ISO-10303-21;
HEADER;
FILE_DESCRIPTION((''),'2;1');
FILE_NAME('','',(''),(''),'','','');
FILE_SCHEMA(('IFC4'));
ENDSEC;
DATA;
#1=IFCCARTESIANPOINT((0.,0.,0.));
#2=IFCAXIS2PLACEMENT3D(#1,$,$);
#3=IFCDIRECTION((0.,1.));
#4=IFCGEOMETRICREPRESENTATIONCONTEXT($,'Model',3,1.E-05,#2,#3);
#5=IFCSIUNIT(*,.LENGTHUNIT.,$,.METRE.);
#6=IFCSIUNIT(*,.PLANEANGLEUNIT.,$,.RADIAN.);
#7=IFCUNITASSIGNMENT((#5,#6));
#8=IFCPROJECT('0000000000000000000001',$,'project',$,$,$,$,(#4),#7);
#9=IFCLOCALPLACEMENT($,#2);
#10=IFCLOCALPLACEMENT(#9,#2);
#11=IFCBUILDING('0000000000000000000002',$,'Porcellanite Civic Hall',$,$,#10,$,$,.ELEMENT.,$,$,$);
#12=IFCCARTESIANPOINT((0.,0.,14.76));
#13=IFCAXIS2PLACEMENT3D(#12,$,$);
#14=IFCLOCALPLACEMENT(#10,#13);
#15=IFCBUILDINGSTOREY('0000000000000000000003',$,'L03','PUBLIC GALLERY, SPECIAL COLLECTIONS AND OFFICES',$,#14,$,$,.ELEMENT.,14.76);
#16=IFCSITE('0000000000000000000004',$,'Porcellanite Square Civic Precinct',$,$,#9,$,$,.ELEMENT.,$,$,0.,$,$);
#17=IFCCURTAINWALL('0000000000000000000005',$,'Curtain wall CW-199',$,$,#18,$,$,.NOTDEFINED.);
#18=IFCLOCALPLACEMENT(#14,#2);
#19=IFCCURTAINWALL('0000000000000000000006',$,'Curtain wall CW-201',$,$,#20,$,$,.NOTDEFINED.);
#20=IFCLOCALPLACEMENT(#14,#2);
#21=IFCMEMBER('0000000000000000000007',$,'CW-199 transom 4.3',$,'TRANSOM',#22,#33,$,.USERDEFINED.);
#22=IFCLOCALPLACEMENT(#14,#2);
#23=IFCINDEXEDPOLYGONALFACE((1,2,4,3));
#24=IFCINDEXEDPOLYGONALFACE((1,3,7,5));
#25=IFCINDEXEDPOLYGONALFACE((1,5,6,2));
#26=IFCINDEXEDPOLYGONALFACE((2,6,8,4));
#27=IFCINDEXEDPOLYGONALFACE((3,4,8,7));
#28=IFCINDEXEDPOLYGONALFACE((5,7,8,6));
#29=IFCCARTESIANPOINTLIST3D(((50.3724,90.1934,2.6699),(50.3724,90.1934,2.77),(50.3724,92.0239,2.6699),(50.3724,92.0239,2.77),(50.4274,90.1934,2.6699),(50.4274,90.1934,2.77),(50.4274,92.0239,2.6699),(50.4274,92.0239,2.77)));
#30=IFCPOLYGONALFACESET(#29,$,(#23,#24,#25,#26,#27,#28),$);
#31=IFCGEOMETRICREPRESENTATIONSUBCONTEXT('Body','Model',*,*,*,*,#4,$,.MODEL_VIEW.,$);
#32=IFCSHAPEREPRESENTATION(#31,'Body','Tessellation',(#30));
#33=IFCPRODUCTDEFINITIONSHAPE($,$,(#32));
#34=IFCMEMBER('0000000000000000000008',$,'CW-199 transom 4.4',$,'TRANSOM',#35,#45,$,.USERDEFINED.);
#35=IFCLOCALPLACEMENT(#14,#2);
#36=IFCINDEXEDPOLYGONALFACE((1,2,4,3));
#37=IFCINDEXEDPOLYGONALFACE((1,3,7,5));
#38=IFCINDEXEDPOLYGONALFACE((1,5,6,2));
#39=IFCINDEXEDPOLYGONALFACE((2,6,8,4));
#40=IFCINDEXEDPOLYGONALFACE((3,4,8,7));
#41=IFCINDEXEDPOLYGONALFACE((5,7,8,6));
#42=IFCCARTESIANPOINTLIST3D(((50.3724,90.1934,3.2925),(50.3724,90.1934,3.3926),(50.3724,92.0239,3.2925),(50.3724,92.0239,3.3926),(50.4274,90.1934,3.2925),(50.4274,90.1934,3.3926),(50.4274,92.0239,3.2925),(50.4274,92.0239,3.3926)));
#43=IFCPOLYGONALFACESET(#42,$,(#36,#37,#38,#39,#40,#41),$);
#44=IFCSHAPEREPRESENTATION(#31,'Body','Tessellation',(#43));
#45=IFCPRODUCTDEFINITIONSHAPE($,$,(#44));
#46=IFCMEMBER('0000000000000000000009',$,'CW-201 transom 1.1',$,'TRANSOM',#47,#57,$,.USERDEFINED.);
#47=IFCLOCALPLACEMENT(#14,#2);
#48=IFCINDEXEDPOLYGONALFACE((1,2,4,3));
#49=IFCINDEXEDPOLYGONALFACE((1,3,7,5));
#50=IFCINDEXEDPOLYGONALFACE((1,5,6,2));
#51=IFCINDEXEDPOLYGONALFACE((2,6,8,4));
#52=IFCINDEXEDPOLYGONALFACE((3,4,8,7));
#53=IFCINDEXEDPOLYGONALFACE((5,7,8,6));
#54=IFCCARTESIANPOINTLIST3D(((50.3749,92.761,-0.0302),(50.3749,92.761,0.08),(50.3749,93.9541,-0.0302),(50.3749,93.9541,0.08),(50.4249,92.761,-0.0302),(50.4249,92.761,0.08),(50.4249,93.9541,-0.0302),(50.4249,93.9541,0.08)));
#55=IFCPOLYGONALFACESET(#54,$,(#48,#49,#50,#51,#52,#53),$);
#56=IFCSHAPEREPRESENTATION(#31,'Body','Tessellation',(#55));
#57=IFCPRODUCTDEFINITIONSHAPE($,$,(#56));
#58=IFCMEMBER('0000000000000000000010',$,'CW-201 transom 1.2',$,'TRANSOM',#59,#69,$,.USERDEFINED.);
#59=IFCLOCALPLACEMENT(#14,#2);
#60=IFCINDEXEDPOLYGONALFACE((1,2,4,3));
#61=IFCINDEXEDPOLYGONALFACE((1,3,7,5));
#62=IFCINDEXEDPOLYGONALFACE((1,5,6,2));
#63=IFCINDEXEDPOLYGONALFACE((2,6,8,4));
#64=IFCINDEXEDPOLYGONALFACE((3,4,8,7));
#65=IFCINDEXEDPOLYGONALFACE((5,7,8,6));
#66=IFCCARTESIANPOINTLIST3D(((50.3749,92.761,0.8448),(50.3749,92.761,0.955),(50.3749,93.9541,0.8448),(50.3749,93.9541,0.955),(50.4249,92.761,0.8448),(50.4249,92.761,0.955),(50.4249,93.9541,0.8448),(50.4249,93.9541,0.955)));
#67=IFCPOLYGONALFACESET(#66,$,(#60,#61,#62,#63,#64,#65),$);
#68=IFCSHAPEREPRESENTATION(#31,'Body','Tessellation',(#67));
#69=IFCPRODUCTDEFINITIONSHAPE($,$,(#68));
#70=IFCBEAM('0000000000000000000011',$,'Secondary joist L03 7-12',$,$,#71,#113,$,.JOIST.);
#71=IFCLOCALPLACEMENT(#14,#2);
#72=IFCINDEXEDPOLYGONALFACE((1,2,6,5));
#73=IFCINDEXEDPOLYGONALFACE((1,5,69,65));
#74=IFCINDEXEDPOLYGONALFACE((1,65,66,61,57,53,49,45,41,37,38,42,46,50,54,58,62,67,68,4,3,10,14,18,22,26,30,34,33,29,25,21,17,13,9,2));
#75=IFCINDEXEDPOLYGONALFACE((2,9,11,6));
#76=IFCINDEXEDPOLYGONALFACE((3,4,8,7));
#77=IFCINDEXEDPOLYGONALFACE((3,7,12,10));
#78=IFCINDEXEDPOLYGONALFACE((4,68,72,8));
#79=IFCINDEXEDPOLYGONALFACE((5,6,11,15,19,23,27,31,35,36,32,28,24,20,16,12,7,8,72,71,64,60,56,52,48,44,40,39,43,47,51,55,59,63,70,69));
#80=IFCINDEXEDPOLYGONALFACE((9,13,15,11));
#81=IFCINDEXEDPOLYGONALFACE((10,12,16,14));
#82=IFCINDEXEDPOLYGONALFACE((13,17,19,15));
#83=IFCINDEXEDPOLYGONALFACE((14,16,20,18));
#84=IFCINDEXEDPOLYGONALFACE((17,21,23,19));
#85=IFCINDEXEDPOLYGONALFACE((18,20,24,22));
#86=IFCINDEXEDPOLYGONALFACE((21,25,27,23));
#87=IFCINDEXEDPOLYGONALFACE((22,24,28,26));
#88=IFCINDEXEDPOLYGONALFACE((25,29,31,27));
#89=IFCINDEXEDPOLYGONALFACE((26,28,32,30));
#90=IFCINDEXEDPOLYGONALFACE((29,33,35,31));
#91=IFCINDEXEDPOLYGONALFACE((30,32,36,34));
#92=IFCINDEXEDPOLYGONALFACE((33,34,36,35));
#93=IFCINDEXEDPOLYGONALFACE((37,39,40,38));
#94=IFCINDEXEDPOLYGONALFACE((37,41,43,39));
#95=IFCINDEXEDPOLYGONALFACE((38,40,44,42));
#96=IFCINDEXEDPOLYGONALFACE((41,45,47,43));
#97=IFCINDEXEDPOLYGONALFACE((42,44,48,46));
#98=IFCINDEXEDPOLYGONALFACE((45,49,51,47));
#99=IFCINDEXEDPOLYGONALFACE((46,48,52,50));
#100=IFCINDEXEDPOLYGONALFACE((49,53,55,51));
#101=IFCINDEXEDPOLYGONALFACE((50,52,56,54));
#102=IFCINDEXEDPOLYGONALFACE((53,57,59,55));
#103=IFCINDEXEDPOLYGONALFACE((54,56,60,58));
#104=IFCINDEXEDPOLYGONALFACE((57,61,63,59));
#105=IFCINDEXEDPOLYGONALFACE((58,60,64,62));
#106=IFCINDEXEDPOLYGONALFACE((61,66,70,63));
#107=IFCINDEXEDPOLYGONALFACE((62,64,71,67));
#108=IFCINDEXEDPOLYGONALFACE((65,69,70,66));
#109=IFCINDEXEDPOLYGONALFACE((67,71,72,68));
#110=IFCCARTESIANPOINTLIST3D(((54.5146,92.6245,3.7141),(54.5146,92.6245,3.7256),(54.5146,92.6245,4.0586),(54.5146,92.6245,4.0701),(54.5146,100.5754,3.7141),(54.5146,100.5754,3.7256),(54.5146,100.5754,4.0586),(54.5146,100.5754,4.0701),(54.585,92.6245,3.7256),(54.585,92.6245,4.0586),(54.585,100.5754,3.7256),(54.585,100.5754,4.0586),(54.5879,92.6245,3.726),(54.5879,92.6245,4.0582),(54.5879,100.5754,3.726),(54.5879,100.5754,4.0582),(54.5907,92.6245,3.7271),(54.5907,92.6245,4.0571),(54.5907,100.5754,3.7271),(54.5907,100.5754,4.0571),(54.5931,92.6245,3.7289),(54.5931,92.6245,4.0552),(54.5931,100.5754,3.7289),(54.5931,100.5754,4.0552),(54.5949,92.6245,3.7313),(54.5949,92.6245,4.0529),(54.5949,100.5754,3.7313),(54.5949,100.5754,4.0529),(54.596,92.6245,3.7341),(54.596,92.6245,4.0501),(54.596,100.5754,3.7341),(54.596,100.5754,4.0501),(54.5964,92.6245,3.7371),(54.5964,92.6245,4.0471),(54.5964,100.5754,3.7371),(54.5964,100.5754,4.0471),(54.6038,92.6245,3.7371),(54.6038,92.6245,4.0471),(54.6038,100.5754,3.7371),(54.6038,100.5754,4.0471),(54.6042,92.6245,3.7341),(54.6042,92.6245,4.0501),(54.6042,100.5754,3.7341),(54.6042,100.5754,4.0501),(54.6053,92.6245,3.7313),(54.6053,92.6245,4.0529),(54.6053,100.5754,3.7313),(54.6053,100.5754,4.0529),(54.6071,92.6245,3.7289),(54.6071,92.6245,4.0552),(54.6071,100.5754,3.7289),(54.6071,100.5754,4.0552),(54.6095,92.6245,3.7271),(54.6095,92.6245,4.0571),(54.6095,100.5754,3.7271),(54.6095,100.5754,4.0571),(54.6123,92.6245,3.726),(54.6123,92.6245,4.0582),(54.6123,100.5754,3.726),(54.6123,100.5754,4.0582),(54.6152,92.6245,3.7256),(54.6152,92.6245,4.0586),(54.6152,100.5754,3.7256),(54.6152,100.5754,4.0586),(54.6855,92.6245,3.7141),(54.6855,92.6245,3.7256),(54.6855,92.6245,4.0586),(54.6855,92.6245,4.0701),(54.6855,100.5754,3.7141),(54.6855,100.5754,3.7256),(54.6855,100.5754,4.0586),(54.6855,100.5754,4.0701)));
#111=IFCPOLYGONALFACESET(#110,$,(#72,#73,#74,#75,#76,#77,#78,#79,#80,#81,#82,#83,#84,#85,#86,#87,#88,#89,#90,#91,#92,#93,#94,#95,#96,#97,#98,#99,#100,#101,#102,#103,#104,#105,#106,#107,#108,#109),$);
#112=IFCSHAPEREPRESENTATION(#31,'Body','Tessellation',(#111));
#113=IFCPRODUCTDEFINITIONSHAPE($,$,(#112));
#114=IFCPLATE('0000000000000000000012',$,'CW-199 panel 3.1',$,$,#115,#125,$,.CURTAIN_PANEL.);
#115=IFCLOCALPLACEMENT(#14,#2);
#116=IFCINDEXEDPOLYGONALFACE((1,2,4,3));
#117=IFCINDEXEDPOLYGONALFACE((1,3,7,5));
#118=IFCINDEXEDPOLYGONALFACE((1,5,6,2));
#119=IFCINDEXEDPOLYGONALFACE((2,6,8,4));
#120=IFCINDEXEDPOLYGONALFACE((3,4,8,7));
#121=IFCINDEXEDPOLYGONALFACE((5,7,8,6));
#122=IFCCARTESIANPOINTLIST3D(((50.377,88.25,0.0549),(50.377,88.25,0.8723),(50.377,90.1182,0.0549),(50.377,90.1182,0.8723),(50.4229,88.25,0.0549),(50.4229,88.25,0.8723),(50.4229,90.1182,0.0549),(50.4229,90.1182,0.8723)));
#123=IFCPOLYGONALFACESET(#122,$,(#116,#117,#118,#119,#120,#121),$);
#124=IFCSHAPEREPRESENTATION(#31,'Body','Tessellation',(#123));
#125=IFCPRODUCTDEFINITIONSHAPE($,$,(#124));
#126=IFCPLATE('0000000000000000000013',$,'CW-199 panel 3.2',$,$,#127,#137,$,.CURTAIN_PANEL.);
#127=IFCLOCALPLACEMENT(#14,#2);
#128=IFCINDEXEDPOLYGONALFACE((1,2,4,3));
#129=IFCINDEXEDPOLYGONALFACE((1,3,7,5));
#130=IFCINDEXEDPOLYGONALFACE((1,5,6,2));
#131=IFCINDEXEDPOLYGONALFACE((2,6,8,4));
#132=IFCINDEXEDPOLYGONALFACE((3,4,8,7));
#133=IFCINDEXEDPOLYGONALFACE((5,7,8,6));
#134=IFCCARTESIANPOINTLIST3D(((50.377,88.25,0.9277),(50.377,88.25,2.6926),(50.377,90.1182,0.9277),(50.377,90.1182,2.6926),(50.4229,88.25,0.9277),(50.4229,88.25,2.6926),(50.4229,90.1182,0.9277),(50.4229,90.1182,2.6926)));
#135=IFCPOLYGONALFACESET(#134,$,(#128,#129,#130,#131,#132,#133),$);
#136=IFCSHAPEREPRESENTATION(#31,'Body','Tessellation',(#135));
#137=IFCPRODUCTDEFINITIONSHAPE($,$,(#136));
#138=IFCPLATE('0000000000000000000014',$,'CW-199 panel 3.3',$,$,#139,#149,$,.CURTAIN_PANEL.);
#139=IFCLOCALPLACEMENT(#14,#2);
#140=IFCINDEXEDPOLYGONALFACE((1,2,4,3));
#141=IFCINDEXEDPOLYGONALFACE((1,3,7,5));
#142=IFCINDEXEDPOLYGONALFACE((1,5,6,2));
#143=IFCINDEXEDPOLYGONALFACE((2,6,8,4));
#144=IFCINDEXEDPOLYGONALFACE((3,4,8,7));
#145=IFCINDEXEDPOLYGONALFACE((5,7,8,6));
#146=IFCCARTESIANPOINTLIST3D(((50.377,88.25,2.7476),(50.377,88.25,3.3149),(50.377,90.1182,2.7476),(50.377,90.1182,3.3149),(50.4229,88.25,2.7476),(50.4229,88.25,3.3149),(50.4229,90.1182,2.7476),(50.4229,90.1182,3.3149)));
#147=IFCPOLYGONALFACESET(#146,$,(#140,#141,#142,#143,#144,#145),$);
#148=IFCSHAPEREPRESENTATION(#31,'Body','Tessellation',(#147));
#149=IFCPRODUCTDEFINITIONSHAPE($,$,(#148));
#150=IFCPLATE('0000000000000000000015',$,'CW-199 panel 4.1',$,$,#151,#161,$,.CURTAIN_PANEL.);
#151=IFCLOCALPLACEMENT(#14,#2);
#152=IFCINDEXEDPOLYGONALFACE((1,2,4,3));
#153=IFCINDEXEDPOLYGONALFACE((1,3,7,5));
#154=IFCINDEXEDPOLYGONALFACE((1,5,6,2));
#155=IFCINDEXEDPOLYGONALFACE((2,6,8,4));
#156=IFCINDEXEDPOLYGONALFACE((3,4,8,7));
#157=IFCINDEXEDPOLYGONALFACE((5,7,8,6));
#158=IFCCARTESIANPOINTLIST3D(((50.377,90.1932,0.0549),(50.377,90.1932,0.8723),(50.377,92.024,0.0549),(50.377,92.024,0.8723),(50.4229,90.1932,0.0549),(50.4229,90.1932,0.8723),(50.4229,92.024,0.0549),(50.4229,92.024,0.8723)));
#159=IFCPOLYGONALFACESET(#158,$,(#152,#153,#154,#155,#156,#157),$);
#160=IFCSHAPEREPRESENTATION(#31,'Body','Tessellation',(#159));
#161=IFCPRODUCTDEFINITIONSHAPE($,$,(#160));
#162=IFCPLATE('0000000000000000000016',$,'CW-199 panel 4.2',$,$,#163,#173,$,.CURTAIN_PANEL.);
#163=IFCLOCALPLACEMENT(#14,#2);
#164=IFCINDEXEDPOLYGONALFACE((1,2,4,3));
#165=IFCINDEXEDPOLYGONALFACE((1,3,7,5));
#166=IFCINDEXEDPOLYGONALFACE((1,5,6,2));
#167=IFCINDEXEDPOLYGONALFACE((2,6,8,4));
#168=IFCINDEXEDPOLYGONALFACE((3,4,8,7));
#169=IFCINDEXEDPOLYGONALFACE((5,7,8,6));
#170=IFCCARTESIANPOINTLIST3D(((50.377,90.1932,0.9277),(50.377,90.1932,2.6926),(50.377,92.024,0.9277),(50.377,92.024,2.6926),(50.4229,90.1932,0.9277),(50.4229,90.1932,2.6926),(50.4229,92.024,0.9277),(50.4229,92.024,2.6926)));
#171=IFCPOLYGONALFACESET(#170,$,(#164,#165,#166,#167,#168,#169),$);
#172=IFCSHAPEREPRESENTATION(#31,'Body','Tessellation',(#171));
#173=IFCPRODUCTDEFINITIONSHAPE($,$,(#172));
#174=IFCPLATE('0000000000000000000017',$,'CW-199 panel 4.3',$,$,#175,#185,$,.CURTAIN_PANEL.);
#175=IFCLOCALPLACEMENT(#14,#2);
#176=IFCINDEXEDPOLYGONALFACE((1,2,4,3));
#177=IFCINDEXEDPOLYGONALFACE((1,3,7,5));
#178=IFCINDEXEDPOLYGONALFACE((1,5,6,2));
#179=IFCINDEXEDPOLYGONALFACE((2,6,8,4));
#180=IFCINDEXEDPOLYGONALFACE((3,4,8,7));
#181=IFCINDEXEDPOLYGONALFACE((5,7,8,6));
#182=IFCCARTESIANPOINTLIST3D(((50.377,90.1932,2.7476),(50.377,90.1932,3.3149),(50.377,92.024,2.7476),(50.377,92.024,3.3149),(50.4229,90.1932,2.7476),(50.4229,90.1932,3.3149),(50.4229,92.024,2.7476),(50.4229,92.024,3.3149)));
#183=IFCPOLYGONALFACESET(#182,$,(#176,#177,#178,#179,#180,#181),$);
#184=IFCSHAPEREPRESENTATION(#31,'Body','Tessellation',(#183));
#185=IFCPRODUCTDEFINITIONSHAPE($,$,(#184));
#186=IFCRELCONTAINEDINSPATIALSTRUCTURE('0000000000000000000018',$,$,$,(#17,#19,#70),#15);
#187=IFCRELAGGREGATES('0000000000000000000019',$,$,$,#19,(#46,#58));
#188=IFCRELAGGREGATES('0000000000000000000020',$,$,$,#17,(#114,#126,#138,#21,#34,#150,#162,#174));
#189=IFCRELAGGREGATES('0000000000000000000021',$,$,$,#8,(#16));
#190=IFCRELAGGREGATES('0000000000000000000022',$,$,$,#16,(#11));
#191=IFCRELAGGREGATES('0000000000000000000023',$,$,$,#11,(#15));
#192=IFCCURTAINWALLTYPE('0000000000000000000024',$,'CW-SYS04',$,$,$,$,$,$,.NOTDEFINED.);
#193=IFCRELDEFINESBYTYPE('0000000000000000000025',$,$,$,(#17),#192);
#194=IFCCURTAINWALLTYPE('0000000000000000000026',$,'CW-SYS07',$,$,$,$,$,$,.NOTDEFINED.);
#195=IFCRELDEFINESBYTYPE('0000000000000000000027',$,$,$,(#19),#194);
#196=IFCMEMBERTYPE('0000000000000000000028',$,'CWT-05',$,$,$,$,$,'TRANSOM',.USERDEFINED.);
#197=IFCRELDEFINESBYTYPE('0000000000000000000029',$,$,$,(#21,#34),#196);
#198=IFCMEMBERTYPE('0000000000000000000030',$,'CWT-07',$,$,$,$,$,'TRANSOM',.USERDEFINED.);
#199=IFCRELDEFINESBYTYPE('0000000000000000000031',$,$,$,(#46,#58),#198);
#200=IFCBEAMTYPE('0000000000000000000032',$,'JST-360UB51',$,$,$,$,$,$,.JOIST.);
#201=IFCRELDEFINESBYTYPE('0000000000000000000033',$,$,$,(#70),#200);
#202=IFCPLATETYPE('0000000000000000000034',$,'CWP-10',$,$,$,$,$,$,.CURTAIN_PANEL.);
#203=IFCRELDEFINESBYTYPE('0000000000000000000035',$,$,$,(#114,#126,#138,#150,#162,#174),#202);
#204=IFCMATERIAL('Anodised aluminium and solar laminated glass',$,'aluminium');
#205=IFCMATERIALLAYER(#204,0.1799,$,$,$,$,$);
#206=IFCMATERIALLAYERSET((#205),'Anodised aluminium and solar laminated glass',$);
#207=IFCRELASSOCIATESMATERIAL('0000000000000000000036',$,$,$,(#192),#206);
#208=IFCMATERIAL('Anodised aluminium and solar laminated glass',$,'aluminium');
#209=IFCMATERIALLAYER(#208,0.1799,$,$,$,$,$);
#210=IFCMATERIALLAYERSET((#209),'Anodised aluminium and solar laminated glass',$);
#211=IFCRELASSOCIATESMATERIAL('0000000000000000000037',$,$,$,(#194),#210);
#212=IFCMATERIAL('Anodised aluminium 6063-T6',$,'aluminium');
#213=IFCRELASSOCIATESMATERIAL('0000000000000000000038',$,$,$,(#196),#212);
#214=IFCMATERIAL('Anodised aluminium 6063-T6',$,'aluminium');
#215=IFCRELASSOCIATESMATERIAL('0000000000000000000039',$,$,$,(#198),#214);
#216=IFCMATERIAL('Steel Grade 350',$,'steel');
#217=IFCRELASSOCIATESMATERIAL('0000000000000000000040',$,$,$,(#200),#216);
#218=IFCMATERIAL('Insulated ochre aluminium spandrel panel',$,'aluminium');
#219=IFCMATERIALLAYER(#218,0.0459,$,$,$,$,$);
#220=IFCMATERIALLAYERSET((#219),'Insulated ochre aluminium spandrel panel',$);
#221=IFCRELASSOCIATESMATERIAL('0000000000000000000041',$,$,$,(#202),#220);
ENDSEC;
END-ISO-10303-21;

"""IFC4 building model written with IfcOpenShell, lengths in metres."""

from ifc_helpers import new_model, si_unit, direction, frame, origin, origin_2d, place, context, subcontext, project, spatial, rectangle, i_section, extrude, material, layer, layer_set, material_profile, profile_set, type_object, element, aggregate, save


model = new_model("IFC4")

# Units and contexts
model_context = context("Model", 3, precision=1e-05, world=origin(), true_north=direction((0.0, 1.0)))
body_context = subcontext(model_context, "Body", "Model", "MODEL_VIEW")
ifc_project = project(units=[si_unit("LENGTHUNIT", "METRE"), si_unit("PLANEANGLEUNIT", "RADIAN")], contexts=[model_context])

# Site, building, storey
site_placement = place(None, origin())
site = spatial("IfcSite", under=ifc_project, at=site_placement, Name="Porcellanite Square Civic Precinct", CompositionType="ELEMENT", RefElevation=0.0)
building_placement = place(site_placement, origin())
building = spatial("IfcBuilding", under=site, at=building_placement, Name="Porcellanite Civic Hall", CompositionType="ELEMENT")
storey_placement = place(building_placement, frame((0.0, 0.0, 14.76)))
storey = spatial("IfcBuildingStorey", under=building, at=storey_placement, Name="L03", Description="PUBLIC GALLERY, SPECIAL COLLECTIONS AND OFFICES", CompositionType="ELEMENT", Elevation=14.76)

# Curtain wall
ifc_material_1 = material(Name="Anodised aluminium and solar laminated glass", Category="aluminium")
ifc_layer_1 = layer(ifc_material_1, 0.1799)
ifc_layer_set_1 = layer_set([ifc_layer_1], Name="Anodised aluminium and solar laminated glass")
curtain_wall_type_1 = type_object("IfcCurtainWallType", Name="CW-SYS04", PredefinedType="NOTDEFINED", material=ifc_layer_set_1)
curtain_wall_1_placement = place(storey_placement, origin())
curtain_wall_1 = element("IfcCurtainWall", 1, at=curtain_wall_1_placement, inside=storey, type_object=curtain_wall_type_1, Name="Curtain wall CW-199", PredefinedType="NOTDEFINED")

# Curtain wall
ifc_material_2 = material(Name="Anodised aluminium and solar laminated glass", Category="aluminium")
ifc_layer_2 = layer(ifc_material_2, 0.1799)
ifc_layer_set_2 = layer_set([ifc_layer_2], Name="Anodised aluminium and solar laminated glass")
curtain_wall_type_2 = type_object("IfcCurtainWallType", Name="CW-SYS07", PredefinedType="NOTDEFINED", material=ifc_layer_set_2)
curtain_wall_2_placement = place(storey_placement, origin())
curtain_wall_2 = element("IfcCurtainWall", 2, at=curtain_wall_2_placement, inside=storey, type_object=curtain_wall_type_2, Name="Curtain wall CW-201", PredefinedType="NOTDEFINED")

# Members
ifc_material_3 = material(Name="Anodised aluminium 6063-T6", Category="aluminium")
ifc_material_profile_1 = material_profile(ifc_material_3, rectangle(XDim=0.0549, YDim=0.1001, at=origin_2d()), Name="AL-55x100")
ifc_profile_set_1 = profile_set([ifc_material_profile_1], Name="Anodised aluminium 6063-T6")
member_type_1 = type_object("IfcMemberType", Name="CWT-05", ElementType="TRANSOM", PredefinedType="USERDEFINED", material=ifc_profile_set_1)
member_1_placement = place(storey_placement, frame((50.3999, 90.1934, 2.72), z_axis=(0.0, 1.0, 0.0), x_axis=(-1.0, 0.0, 0.0)))
member_1 = element("IfcMember", 3, at=member_1_placement, type_object=member_type_1, Name="CW-199 transom 4.3", ObjectType="TRANSOM", PredefinedType="USERDEFINED", context=body_context, shape_type="SweptSolid", body=[
    extrude(rectangle(XDim=0.0549, YDim=0.1001, at=origin_2d()), origin(), (0.0, 0.0, 1.0), 1.8306),
])
member_2_placement = place(storey_placement, frame((50.3999, 90.1934, 3.3425), z_axis=(0.0, 1.0, 0.0), x_axis=(-1.0, 0.0, 0.0)))
member_2 = element("IfcMember", 4, at=member_2_placement, type_object=member_type_1, Name="CW-199 transom 4.4", ObjectType="TRANSOM", PredefinedType="USERDEFINED", context=body_context, shape_type="SweptSolid", body=[
    extrude(rectangle(XDim=0.0549, YDim=0.1001, at=origin_2d()), origin(), (0.0, 0.0, 1.0), 1.8306),
])
ifc_material_4 = material(Name="Anodised aluminium 6063-T6", Category="aluminium")
ifc_material_profile_2 = material_profile(ifc_material_4, rectangle(XDim=0.05, YDim=0.1101, at=origin_2d()), Name="AL-50x110")
ifc_profile_set_2 = profile_set([ifc_material_profile_2], Name="Anodised aluminium 6063-T6")
member_type_2 = type_object("IfcMemberType", Name="CWT-07", ElementType="TRANSOM", PredefinedType="USERDEFINED", material=ifc_profile_set_2)
member_3_placement = place(storey_placement, frame((50.3999, 92.761, 0.0249), z_axis=(0.0, 1.0, 0.0), x_axis=(-1.0, 0.0, 0.0)))
member_3 = element("IfcMember", 5, at=member_3_placement, type_object=member_type_2, Name="CW-201 transom 1.1", ObjectType="TRANSOM", PredefinedType="USERDEFINED", context=body_context, shape_type="SweptSolid", body=[
    extrude(rectangle(XDim=0.05, YDim=0.1101, at=origin_2d()), origin(), (0.0, 0.0, 1.0), 1.1931),
])
member_4_placement = place(storey_placement, frame((50.3999, 92.761, 0.8999), z_axis=(0.0, 1.0, 0.0), x_axis=(-1.0, 0.0, 0.0)))
member_4 = element("IfcMember", 6, at=member_4_placement, type_object=member_type_2, Name="CW-201 transom 1.2", ObjectType="TRANSOM", PredefinedType="USERDEFINED", context=body_context, shape_type="SweptSolid", body=[
    extrude(rectangle(XDim=0.05, YDim=0.1101, at=origin_2d()), origin(), (0.0, 0.0, 1.0), 1.1931),
])
aggregate(curtain_wall_2, [member_3, member_4])

# Beam
ifc_material_5 = material(Name="Steel Grade 350", Category="steel")
ifc_material_profile_3 = material_profile(ifc_material_5, i_section(OverallWidth=0.1709, OverallDepth=0.356, WebThickness=0.0073, FlangeThickness=0.0115, FilletRadius=0.0115, at=origin_2d()), Name="360UB50.7")
ifc_profile_set_3 = profile_set([ifc_material_profile_3], Name="Steel Grade 350")
beam_type_1 = type_object("IfcBeamType", Name="JST-360UB51", PredefinedType="JOIST", material=ifc_profile_set_3)
beam_1_placement = place(storey_placement, frame((54.6001, 92.6245, 3.8921), z_axis=(0.0, 1.0, 0.0), x_axis=(-1.0, 0.0, 0.0)))
element("IfcBeam", 7, at=beam_1_placement, inside=storey, type_object=beam_type_1, Name="Secondary joist L03 7-12", PredefinedType="JOIST", context=body_context, shape_type="SweptSolid", body=[
    extrude(i_section(OverallWidth=0.1709, OverallDepth=0.356, WebThickness=0.0073, FlangeThickness=0.0115, FilletRadius=0.0115, at=origin_2d()), origin(), (0.0, 0.0, 1.0), 7.9509),
])

# Plates
ifc_material_6 = material(Name="Insulated ochre aluminium spandrel panel", Category="aluminium")
ifc_layer_3 = layer(ifc_material_6, 0.0459)
ifc_layer_set_3 = layer_set([ifc_layer_3], Name="Insulated ochre aluminium spandrel panel")
plate_type = type_object("IfcPlateType", Name="CWP-10", PredefinedType="CURTAIN_PANEL", material=ifc_layer_set_3)
plate_1_placement = place(storey_placement, frame((50.3999, 89.1841, 0.0549), z_axis=(0.0, 0.0, 1.0), x_axis=(0.0, 1.0, 0.0)))
plate_1 = element("IfcPlate", 8, at=plate_1_placement, type_object=plate_type, Name="CW-199 panel 3.1", PredefinedType="CURTAIN_PANEL", context=body_context, shape_type="SweptSolid", body=[
    extrude(rectangle(XDim=1.8682, YDim=0.0459, at=origin_2d()), origin(), (0.0, 0.0, 1.0), 0.8174),
])
plate_2_placement = place(storey_placement, frame((50.3999, 89.1841, 0.9277), z_axis=(0.0, 0.0, 1.0), x_axis=(0.0, 1.0, 0.0)))
plate_2 = element("IfcPlate", 9, at=plate_2_placement, type_object=plate_type, Name="CW-199 panel 3.2", PredefinedType="CURTAIN_PANEL", context=body_context, shape_type="SweptSolid", body=[
    extrude(rectangle(XDim=1.8682, YDim=0.0459, at=origin_2d()), origin(), (0.0, 0.0, 1.0), 1.7649),
])
plate_3_placement = place(storey_placement, frame((50.3999, 89.1841, 2.7476), z_axis=(0.0, 0.0, 1.0), x_axis=(0.0, 1.0, 0.0)))
plate_3 = element("IfcPlate", 10, at=plate_3_placement, type_object=plate_type, Name="CW-199 panel 3.3", PredefinedType="CURTAIN_PANEL", context=body_context, shape_type="SweptSolid", body=[
    extrude(rectangle(XDim=1.8682, YDim=0.0459, at=origin_2d()), origin(), (0.0, 0.0, 1.0), 0.5674),
])
plate_4_placement = place(storey_placement, frame((50.3999, 91.1086, 0.0549), z_axis=(0.0, 0.0, 1.0), x_axis=(0.0, 1.0, 0.0)))
plate_4 = element("IfcPlate", 11, at=plate_4_placement, type_object=plate_type, Name="CW-199 panel 4.1", PredefinedType="CURTAIN_PANEL", context=body_context, shape_type="SweptSolid", body=[
    extrude(rectangle(XDim=1.8308, YDim=0.0459, at=origin_2d()), origin(), (0.0, 0.0, 1.0), 0.8174),
])
plate_5_placement = place(storey_placement, frame((50.3999, 91.1086, 0.9277), z_axis=(0.0, 0.0, 1.0), x_axis=(0.0, 1.0, 0.0)))
plate_5 = element("IfcPlate", 12, at=plate_5_placement, type_object=plate_type, Name="CW-199 panel 4.2", PredefinedType="CURTAIN_PANEL", context=body_context, shape_type="SweptSolid", body=[
    extrude(rectangle(XDim=1.8308, YDim=0.0459, at=origin_2d()), origin(), (0.0, 0.0, 1.0), 1.7649),
])
plate_6_placement = place(storey_placement, frame((50.3999, 91.1086, 2.7476), z_axis=(0.0, 0.0, 1.0), x_axis=(0.0, 1.0, 0.0)))
plate_6 = element("IfcPlate", 13, at=plate_6_placement, type_object=plate_type, Name="CW-199 panel 4.3", PredefinedType="CURTAIN_PANEL", context=body_context, shape_type="SweptSolid", body=[
    extrude(rectangle(XDim=1.8308, YDim=0.0459, at=origin_2d()), origin(), (0.0, 0.0, 1.0), 0.5674),
])
aggregate(curtain_wall_1, [plate_1, plate_2, plate_3, member_1, member_2, plate_4, plate_5, plate_6])

save(model, "model.ifc")
